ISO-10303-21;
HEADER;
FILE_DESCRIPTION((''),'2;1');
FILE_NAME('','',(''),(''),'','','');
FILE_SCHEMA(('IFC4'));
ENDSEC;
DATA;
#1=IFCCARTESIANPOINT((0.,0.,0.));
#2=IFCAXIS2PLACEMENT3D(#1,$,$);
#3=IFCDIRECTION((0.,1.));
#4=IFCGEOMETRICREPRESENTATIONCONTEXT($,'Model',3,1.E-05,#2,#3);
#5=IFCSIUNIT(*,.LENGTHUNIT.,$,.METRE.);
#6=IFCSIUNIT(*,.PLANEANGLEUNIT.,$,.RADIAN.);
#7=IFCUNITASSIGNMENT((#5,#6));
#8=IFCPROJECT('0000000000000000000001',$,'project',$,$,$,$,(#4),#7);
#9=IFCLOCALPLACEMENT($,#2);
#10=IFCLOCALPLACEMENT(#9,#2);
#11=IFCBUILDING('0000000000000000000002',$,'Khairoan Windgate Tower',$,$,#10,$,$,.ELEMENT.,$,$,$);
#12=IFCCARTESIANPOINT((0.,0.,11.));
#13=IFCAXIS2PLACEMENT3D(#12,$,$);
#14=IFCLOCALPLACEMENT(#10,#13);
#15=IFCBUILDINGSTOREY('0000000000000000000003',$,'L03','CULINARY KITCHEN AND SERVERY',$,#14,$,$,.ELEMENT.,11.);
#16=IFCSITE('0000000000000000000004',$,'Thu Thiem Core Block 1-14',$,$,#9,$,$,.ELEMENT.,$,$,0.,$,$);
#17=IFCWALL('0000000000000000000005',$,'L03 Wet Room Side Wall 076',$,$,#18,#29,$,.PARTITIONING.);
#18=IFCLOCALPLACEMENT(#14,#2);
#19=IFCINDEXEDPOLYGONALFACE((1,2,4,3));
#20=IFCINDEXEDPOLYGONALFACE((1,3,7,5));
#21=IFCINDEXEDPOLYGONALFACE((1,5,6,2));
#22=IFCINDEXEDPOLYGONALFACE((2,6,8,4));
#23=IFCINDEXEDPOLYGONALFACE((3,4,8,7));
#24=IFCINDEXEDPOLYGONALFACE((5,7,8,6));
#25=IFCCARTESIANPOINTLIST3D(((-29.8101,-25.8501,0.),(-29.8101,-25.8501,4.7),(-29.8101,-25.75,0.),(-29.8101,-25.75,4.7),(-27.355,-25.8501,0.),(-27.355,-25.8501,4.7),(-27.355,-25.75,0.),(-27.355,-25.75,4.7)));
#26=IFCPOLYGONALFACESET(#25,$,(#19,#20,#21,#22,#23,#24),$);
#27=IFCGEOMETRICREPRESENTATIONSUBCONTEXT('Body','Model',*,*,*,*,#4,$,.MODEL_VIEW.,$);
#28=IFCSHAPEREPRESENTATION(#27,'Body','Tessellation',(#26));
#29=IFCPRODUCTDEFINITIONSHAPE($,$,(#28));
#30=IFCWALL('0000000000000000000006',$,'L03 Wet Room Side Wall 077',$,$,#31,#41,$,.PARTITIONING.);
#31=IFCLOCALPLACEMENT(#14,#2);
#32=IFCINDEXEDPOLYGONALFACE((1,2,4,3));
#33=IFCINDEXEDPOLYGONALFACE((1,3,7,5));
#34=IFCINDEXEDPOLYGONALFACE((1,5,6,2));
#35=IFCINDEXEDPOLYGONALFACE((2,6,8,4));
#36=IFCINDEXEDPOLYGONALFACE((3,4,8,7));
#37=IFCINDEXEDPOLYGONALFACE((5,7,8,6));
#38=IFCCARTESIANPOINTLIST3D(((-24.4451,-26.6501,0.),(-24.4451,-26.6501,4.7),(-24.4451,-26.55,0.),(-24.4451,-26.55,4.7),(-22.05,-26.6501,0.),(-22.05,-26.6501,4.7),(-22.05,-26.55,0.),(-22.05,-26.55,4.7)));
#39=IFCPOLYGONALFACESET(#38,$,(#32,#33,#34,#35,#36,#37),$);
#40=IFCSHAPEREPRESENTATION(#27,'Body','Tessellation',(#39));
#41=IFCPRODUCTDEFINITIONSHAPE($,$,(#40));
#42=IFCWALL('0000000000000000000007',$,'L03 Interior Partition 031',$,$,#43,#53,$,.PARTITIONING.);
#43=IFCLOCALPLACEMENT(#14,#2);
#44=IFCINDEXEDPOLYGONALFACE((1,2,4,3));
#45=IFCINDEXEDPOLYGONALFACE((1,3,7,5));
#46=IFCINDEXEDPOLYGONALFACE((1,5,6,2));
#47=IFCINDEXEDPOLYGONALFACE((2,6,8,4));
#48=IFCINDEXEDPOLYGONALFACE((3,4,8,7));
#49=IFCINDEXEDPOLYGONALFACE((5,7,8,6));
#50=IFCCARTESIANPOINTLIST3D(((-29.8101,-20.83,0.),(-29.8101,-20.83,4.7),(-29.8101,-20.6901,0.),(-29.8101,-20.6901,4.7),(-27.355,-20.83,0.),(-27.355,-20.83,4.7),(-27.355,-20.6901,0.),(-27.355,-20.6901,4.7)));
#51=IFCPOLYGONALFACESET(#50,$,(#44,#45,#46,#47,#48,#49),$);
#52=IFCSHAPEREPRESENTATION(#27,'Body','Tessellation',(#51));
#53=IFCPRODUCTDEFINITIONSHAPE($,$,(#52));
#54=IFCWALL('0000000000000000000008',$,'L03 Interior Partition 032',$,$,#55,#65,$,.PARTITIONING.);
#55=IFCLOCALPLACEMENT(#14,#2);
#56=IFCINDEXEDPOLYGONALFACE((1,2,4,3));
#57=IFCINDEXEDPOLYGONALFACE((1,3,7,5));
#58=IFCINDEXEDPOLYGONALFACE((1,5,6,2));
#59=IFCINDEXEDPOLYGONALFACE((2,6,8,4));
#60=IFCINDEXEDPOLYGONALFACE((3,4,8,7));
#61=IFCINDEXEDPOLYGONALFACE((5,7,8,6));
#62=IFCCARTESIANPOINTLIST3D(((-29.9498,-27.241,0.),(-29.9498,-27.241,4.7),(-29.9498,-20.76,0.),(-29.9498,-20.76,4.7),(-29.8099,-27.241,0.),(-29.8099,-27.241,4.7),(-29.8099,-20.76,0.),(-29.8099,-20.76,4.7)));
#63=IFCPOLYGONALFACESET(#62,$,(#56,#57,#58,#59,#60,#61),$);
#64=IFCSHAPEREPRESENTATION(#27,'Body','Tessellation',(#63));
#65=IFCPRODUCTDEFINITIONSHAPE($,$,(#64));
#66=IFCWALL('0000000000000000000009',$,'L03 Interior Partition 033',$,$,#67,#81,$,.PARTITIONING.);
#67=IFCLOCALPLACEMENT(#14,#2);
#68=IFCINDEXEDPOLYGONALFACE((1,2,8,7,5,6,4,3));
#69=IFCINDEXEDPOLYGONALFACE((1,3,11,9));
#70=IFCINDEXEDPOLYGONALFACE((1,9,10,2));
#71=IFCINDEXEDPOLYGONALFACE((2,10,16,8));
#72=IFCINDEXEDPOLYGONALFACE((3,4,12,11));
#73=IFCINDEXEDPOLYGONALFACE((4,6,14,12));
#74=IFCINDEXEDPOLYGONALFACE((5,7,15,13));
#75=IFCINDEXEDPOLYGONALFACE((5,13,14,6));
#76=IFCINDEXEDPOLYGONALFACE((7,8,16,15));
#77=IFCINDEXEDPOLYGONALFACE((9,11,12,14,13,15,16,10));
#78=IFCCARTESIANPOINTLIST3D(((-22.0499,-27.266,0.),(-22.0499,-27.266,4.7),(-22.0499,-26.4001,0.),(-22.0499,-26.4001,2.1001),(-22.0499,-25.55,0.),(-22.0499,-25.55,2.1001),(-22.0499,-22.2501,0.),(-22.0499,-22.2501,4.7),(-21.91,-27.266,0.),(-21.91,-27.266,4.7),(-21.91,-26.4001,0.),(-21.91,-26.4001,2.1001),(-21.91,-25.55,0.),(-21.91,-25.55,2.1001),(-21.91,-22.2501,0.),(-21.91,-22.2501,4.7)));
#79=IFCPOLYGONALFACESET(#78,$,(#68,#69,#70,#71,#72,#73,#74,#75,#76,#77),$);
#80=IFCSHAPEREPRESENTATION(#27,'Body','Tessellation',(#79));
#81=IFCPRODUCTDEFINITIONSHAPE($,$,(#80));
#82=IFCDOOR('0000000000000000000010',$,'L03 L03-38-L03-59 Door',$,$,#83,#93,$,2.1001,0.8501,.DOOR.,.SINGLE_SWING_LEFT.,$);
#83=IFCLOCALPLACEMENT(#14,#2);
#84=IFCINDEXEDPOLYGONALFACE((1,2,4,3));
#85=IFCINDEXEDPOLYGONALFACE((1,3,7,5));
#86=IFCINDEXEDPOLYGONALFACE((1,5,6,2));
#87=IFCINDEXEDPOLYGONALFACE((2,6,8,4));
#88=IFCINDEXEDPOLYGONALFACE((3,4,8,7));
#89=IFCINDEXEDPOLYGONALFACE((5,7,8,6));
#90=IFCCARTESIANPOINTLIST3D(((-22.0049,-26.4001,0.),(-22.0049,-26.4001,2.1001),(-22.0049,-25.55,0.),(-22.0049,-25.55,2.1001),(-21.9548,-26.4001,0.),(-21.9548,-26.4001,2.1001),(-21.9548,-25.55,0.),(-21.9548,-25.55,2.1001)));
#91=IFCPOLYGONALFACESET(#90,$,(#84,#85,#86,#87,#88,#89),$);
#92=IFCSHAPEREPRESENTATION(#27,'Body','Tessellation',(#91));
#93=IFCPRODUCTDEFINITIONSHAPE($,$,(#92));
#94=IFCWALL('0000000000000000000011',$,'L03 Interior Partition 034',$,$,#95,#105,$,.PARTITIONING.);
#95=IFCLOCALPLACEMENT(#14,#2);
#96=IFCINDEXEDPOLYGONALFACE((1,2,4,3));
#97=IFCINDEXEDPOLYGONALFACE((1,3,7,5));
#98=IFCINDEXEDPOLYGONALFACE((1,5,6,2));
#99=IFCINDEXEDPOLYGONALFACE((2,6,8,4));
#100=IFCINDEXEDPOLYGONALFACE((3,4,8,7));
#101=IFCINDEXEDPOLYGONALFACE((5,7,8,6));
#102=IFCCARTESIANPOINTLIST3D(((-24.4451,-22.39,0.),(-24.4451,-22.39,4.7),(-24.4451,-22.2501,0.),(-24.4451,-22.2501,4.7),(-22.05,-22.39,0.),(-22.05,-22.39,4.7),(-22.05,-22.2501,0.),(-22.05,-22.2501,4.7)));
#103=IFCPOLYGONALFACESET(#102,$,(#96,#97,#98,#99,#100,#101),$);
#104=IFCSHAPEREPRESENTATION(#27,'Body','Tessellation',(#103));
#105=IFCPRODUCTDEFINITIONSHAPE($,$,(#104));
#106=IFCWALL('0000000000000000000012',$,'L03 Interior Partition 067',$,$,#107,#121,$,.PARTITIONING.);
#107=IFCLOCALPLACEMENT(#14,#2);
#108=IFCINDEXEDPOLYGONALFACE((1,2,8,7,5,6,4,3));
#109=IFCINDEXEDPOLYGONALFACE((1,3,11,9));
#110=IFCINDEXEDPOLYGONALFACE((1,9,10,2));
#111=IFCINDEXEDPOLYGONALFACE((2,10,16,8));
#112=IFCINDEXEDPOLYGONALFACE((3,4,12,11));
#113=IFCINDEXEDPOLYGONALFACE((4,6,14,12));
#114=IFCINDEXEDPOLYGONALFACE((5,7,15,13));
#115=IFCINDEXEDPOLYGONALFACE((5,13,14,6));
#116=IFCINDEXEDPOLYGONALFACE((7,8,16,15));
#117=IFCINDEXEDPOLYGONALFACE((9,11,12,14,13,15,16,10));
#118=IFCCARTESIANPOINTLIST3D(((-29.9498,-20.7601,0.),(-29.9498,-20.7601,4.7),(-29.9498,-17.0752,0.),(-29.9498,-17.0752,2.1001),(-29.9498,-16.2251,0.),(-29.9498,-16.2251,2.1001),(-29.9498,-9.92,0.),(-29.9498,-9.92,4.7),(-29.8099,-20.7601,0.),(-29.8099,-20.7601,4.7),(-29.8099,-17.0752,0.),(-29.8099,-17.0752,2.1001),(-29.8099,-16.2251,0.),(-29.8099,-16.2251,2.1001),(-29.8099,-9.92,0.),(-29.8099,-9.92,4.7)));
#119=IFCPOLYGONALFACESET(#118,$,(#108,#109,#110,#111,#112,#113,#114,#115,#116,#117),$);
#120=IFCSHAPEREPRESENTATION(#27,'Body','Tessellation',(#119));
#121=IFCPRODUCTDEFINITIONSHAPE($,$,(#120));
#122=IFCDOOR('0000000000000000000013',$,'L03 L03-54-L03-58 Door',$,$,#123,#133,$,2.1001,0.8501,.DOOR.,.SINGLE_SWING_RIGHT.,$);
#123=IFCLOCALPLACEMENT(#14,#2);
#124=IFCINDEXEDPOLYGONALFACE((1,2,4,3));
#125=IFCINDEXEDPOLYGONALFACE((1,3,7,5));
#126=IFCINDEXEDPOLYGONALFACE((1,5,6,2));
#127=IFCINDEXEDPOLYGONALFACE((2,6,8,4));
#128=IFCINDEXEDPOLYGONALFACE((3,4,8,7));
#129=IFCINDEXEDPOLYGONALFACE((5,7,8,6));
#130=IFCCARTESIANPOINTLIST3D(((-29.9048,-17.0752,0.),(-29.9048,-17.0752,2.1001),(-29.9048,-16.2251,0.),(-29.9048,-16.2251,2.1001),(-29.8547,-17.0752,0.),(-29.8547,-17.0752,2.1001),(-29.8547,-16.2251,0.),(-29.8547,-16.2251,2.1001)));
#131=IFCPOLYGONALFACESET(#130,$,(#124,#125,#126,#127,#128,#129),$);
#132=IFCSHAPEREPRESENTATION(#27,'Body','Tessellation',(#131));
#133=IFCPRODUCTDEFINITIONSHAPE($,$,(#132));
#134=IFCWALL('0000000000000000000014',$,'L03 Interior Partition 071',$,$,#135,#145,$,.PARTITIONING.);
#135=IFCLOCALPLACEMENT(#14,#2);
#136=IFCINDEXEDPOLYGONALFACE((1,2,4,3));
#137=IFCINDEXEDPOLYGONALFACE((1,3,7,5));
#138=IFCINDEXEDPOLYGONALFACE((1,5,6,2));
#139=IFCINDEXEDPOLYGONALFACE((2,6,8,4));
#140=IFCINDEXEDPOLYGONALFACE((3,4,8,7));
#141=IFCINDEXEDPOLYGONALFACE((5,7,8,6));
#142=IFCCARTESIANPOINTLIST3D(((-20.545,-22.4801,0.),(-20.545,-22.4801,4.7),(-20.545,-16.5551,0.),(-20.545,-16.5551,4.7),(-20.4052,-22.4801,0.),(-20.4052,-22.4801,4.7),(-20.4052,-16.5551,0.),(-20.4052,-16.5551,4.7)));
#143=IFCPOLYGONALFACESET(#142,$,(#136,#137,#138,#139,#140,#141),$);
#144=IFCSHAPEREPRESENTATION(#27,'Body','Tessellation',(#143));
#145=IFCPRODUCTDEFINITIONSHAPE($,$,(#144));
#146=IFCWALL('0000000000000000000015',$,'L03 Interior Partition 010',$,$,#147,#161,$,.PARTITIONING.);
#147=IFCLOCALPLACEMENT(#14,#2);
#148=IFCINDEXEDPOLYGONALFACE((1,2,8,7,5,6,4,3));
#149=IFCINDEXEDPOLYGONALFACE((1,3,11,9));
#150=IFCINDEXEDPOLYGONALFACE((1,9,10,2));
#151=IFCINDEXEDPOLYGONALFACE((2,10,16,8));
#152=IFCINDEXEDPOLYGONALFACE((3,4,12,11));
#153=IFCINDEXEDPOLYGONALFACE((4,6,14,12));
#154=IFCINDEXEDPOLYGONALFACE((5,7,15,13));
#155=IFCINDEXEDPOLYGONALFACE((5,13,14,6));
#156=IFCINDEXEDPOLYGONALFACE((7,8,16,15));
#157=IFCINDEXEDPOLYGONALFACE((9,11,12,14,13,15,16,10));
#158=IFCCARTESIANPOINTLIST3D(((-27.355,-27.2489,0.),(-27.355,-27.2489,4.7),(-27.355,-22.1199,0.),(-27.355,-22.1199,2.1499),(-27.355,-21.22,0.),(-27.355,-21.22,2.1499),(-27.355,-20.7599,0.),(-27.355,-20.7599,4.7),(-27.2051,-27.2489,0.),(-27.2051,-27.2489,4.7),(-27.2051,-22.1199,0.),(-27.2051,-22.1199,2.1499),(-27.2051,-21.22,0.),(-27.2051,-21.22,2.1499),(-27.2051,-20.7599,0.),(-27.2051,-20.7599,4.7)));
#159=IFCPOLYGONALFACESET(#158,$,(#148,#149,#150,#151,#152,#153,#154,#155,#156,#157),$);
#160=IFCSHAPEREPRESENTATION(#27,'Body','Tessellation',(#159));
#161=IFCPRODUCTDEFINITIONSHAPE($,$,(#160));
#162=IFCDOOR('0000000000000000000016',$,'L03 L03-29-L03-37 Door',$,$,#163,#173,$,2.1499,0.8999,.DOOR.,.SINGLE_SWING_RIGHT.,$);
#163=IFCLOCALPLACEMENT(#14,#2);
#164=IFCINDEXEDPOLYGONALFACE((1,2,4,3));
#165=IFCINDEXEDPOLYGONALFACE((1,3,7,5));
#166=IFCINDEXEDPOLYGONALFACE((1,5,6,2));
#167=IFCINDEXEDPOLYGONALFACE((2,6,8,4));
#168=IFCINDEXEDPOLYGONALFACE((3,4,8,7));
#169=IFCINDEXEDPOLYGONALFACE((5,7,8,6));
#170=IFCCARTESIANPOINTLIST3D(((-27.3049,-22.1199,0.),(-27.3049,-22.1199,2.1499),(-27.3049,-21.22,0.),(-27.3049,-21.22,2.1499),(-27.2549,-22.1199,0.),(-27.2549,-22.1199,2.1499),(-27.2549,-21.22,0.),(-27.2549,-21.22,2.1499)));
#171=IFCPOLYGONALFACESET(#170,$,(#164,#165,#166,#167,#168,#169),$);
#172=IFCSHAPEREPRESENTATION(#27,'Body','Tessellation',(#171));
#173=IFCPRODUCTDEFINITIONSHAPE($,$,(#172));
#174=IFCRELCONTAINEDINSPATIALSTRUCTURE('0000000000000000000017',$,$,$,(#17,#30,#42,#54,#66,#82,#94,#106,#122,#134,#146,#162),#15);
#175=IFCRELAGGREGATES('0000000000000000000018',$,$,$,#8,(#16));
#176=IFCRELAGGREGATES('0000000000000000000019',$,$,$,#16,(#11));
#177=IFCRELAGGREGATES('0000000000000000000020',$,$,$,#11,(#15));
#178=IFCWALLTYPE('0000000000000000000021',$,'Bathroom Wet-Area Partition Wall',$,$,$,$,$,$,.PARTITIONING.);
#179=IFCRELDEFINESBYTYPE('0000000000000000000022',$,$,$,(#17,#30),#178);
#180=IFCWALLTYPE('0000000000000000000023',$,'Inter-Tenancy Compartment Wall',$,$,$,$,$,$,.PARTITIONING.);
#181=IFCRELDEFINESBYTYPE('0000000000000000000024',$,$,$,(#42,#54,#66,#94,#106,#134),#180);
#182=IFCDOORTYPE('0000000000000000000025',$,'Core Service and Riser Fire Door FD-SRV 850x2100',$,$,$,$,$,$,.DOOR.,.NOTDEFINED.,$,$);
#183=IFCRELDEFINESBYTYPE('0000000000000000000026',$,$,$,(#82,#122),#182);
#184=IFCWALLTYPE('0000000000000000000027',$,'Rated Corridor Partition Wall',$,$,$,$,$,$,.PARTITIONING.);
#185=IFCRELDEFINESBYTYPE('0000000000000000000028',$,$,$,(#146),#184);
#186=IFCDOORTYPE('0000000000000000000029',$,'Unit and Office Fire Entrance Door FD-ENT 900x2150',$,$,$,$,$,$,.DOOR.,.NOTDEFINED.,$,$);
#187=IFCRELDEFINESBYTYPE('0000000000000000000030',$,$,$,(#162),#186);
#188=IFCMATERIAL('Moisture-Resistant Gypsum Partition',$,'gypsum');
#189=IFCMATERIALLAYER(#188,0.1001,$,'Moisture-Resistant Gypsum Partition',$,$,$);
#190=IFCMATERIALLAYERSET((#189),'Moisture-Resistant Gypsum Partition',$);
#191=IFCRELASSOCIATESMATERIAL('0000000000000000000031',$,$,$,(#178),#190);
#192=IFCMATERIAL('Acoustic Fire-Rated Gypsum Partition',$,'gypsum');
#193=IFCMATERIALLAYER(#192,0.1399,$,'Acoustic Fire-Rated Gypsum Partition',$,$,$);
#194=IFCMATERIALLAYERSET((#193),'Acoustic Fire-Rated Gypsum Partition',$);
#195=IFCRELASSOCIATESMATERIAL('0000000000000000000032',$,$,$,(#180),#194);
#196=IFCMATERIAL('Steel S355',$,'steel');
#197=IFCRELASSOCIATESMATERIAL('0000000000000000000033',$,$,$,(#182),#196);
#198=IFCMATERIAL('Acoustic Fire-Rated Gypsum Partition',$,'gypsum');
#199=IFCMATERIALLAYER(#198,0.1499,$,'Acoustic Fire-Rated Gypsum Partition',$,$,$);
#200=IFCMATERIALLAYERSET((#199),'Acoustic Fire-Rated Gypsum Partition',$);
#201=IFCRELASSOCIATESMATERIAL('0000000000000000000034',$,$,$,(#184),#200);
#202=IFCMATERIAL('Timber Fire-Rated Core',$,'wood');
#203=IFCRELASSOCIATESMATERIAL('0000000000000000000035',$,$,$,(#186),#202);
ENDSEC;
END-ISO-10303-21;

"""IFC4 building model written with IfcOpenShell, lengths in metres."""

from ifc_helpers import new_model, si_unit, direction, frame, frame_2d, origin, place, context, subcontext, project, spatial, rectangle, extrude, material, layer, layer_set, type_object, element, fill, save


model = new_model("IFC4")

# Units and contexts
model_context = context("Model", 3, precision=1e-05, world=origin(), true_north=direction((0.0, 1.0)))
body_context = subcontext(model_context, "Body", "Model", "MODEL_VIEW")
ifc_project = project(units=[si_unit("LENGTHUNIT", "METRE"), si_unit("PLANEANGLEUNIT", "RADIAN")], contexts=[model_context])

# Site, building, storey
site_placement = place(None, origin())
site = spatial("IfcSite", under=ifc_project, at=site_placement, Name="Thu Thiem Core Block 1-14", CompositionType="ELEMENT", RefElevation=0.0)
building_placement = place(site_placement, origin())
building = spatial("IfcBuilding", under=site, at=building_placement, Name="Khairoan Windgate Tower", CompositionType="ELEMENT")
storey_placement = place(building_placement, frame((0.0, 0.0, 11.0)))
storey = spatial("IfcBuildingStorey", under=building, at=storey_placement, Name="L03", Description="CULINARY KITCHEN AND SERVERY", CompositionType="ELEMENT", Elevation=11.0)

# Walls
ifc_material_1 = material(Name="Moisture-Resistant Gypsum Partition", Category="gypsum")
ifc_layer_1 = layer(ifc_material_1, 0.1001, Name="Moisture-Resistant Gypsum Partition")
ifc_layer_set_1 = layer_set([ifc_layer_1], Name="Moisture-Resistant Gypsum Partition")
wall_type_1 = type_object("IfcWallType", Name="Bathroom Wet-Area Partition Wall", PredefinedType="PARTITIONING", material=ifc_layer_set_1)
wall_1_placement = place(storey_placement, frame((-27.355, -25.8, 0.0), z_axis=(0.0, 0.0, 1.0), x_axis=(-1.0, 0.0, 0.0)))
element("IfcWall", 1, at=wall_1_placement, inside=storey, type_object=wall_type_1, Name="L03 Wet Room Side Wall 076", PredefinedType="PARTITIONING", context=body_context, shape_type="SweptSolid", body=[
    extrude(rectangle(XDim=2.4551, YDim=0.1001, at=frame_2d((1.2275, 0.0))), origin(), (0.0, 0.0, 1.0), 4.7),
])
wall_2_placement = place(storey_placement, frame((-22.05, -26.6001, 0.0), z_axis=(0.0, 0.0, 1.0), x_axis=(-1.0, 0.0, 0.0)))
element("IfcWall", 2, at=wall_2_placement, inside=storey, type_object=wall_type_1, Name="L03 Wet Room Side Wall 077", PredefinedType="PARTITIONING", context=body_context, shape_type="SweptSolid", body=[
    extrude(rectangle(XDim=2.395, YDim=0.1001, at=frame_2d((1.1975, 0.0))), origin(), (0.0, 0.0, 1.0), 4.7),
])
ifc_material_2 = material(Name="Acoustic Fire-Rated Gypsum Partition", Category="gypsum")
ifc_layer_2 = layer(ifc_material_2, 0.1399, Name="Acoustic Fire-Rated Gypsum Partition")
ifc_layer_set_2 = layer_set([ifc_layer_2], Name="Acoustic Fire-Rated Gypsum Partition")
wall_type_2 = type_object("IfcWallType", Name="Inter-Tenancy Compartment Wall", PredefinedType="PARTITIONING", material=ifc_layer_set_2)
wall_3_placement = place(storey_placement, frame((-29.8101, -20.76, 0.0), z_axis=(0.0, 0.0, 1.0), x_axis=(1.0, 0.0, 0.0)))
element("IfcWall", 3, at=wall_3_placement, inside=storey, type_object=wall_type_2, Name="L03 Interior Partition 031", PredefinedType="PARTITIONING", context=body_context, shape_type="SweptSolid", body=[
    extrude(rectangle(XDim=2.4551, YDim=0.1399, at=frame_2d((1.2275, 0.0))), origin(), (0.0, 0.0, 1.0), 4.7),
])
wall_4_placement = place(storey_placement, frame((-29.8799, -27.241, 0.0), z_axis=(0.0, 0.0, 1.0), x_axis=(0.0, 1.0, 0.0)))
element("IfcWall", 4, at=wall_4_placement, inside=storey, type_object=wall_type_2, Name="L03 Interior Partition 032", PredefinedType="PARTITIONING", context=body_context, shape_type="SweptSolid", body=[
    extrude(rectangle(XDim=6.481, YDim=0.1399, at=frame_2d((3.2405, 0.0))), origin(), (0.0, 0.0, 1.0), 4.7),
])

# Wall, opening, door
wall_5_placement = place(storey_placement, frame((-21.98, -27.2659, 0.0), z_axis=(0.0, 0.0, 1.0), x_axis=(0.0, 1.0, 0.0)))
wall_5 = element("IfcWall", 5, at=wall_5_placement, inside=storey, type_object=wall_type_2, Name="L03 Interior Partition 033", PredefinedType="PARTITIONING", context=body_context, shape_type="SweptSolid", body=[
    extrude(rectangle(XDim=5.0159, YDim=0.1399, at=frame_2d((2.5078, 0.0))), origin(), (0.0, 0.0, 1.0), 4.7),
])
opening_1_placement = place(wall_5_placement, frame((0.8657, 0.0, 0.0)))
opening_1 = element("IfcOpeningElement", 6, at=opening_1_placement, cuts=wall_5, PredefinedType="OPENING", context=body_context, shape_type="SweptSolid", body=[
    extrude(rectangle(XDim=0.8501, YDim=2.1001, at=frame_2d((0.425, 1.05))), frame((0.0, 0.0798, 0.0), z_axis=(0.0, -1.0, 0.0), x_axis=(1.0, 0.0, 0.0)), (0.0, 0.0, 1.0), 0.1599),
])
ifc_material_3 = material(Name="Steel S355", Category="steel")
door_type_1 = type_object("IfcDoorType", Name="Core Service and Riser Fire Door FD-SRV 850x2100", OperationType="NOTDEFINED", PredefinedType="DOOR", material=ifc_material_3)
door_1_placement = place(opening_1_placement, origin())
door_1 = element("IfcDoor", 7, at=door_1_placement, inside=storey, type_object=door_type_1, Name="L03 L03-38-L03-59 Door", OperationType="SINGLE_SWING_LEFT", OverallHeight=2.1001, OverallWidth=0.8501, PredefinedType="DOOR", context=body_context, shape_type="SweptSolid", body=[
    extrude(rectangle(XDim=0.8501, YDim=2.1001, at=frame_2d((0.425, 1.05))), frame((0.0, 0.0249, 0.0), z_axis=(0.0, -1.0, 0.0), x_axis=(1.0, 0.0, 0.0)), (0.0, 0.0, 1.0), 0.05),
])
fill(opening_1, door_1)

# Wall
wall_6_placement = place(storey_placement, frame((-24.4451, -22.3201, 0.0), z_axis=(0.0, 0.0, 1.0), x_axis=(1.0, 0.0, 0.0)))
element("IfcWall", 8, at=wall_6_placement, inside=storey, type_object=wall_type_2, Name="L03 Interior Partition 034", PredefinedType="PARTITIONING", context=body_context, shape_type="SweptSolid", body=[
    extrude(rectangle(XDim=2.395, YDim=0.1399, at=frame_2d((1.1975, 0.0))), origin(), (0.0, 0.0, 1.0), 4.7),
])

# Wall, opening, door
wall_7_placement = place(storey_placement, frame((-29.8799, -20.76, 0.0), z_axis=(0.0, 0.0, 1.0), x_axis=(0.0, 1.0, 0.0)))
wall_7 = element("IfcWall", 9, at=wall_7_placement, inside=storey, type_object=wall_type_2, Name="L03 Interior Partition 067", PredefinedType="PARTITIONING", context=body_context, shape_type="SweptSolid", body=[
    extrude(rectangle(XDim=10.8401, YDim=0.1399, at=frame_2d((5.4199, 0.0))), origin(), (0.0, 0.0, 1.0), 4.7),
])
opening_2_placement = place(wall_7_placement, frame((3.6848, 0.0, 0.0)))
opening_2 = element("IfcOpeningElement", 10, at=opening_2_placement, cuts=wall_7, PredefinedType="OPENING", context=body_context, shape_type="SweptSolid", body=[
    extrude(rectangle(XDim=0.8501, YDim=2.1001, at=frame_2d((0.425, 1.05))), frame((0.0, 0.0798, 0.0), z_axis=(0.0, -1.0, 0.0), x_axis=(1.0, 0.0, 0.0)), (0.0, 0.0, 1.0), 0.1599),
])
door_2_placement = place(opening_2_placement, origin())
door_2 = element("IfcDoor", 11, at=door_2_placement, inside=storey, type_object=door_type_1, Name="L03 L03-54-L03-58 Door", OperationType="SINGLE_SWING_RIGHT", OverallHeight=2.1001, OverallWidth=0.8501, PredefinedType="DOOR", context=body_context, shape_type="SweptSolid", body=[
    extrude(rectangle(XDim=0.8501, YDim=2.1001, at=frame_2d((0.425, 1.05))), frame((0.0, 0.0249, 0.0), z_axis=(0.0, -1.0, 0.0), x_axis=(1.0, 0.0, 0.0)), (0.0, 0.0, 1.0), 0.05),
])
fill(opening_2, door_2)

# Wall
wall_8_placement = place(storey_placement, frame((-20.4751, -22.48, 0.0), z_axis=(0.0, 0.0, 1.0), x_axis=(0.0, 1.0, 0.0)))
element("IfcWall", 12, at=wall_8_placement, inside=storey, type_object=wall_type_2, Name="L03 Interior Partition 071", PredefinedType="PARTITIONING", context=body_context, shape_type="SweptSolid", body=[
    extrude(rectangle(XDim=5.925, YDim=0.1399, at=frame_2d((2.9624, 0.0))), origin(), (0.0, 0.0, 1.0), 4.7),
])

# Wall, opening, door
ifc_material_4 = material(Name="Acoustic Fire-Rated Gypsum Partition", Category="gypsum")
ifc_layer_3 = layer(ifc_material_4, 0.1499, Name="Acoustic Fire-Rated Gypsum Partition")
ifc_layer_set_3 = layer_set([ifc_layer_3], Name="Acoustic Fire-Rated Gypsum Partition")
wall_type_3 = type_object("IfcWallType", Name="Rated Corridor Partition Wall", PredefinedType="PARTITIONING", material=ifc_layer_set_3)
wall_9_placement = place(storey_placement, frame((-27.28, -27.249, 0.0), z_axis=(0.0, 0.0, 1.0), x_axis=(0.0, 1.0, 0.0)))
wall_9 = element("IfcWall", 13, at=wall_9_placement, inside=storey, type_object=wall_type_3, Name="L03 Interior Partition 010", PredefinedType="PARTITIONING", context=body_context, shape_type="SweptSolid", body=[
    extrude(rectangle(XDim=6.489, YDim=0.1499, at=frame_2d((3.2446, 0.0))), origin(), (0.0, 0.0, 1.0), 4.7),
])
opening_3_placement = place(wall_9_placement, frame((5.1292, 0.0, 0.0)))
opening_3 = element("IfcOpeningElement", 14, at=opening_3_placement, cuts=wall_9, PredefinedType="OPENING", context=body_context, shape_type="SweptSolid", body=[
    extrude(rectangle(XDim=0.8999, YDim=2.1499, at=frame_2d((0.45, 1.075))), frame((0.0, 0.085, 0.0), z_axis=(0.0, -1.0, 0.0), x_axis=(1.0, 0.0, 0.0)), (0.0, 0.0, 1.0), 0.1699),
])
ifc_material_5 = material(Name="Timber Fire-Rated Core", Category="wood")
door_type_2 = type_object("IfcDoorType", Name="Unit and Office Fire Entrance Door FD-ENT 900x2150", OperationType="NOTDEFINED", PredefinedType="DOOR", material=ifc_material_5)
door_3_placement = place(opening_3_placement, origin())
door_3 = element("IfcDoor", 15, at=door_3_placement, inside=storey, type_object=door_type_2, Name="L03 L03-29-L03-37 Door", OperationType="SINGLE_SWING_RIGHT", OverallHeight=2.1499, OverallWidth=0.8999, PredefinedType="DOOR", context=body_context, shape_type="SweptSolid", body=[
    extrude(rectangle(XDim=0.8999, YDim=2.1499, at=frame_2d((0.45, 1.075))), frame((0.0, 0.0249, 0.0), z_axis=(0.0, -1.0, 0.0), x_axis=(1.0, 0.0, 0.0)), (0.0, 0.0, 1.0), 0.05),
])
fill(opening_3, door_3)

save(model, "model.ifc")
